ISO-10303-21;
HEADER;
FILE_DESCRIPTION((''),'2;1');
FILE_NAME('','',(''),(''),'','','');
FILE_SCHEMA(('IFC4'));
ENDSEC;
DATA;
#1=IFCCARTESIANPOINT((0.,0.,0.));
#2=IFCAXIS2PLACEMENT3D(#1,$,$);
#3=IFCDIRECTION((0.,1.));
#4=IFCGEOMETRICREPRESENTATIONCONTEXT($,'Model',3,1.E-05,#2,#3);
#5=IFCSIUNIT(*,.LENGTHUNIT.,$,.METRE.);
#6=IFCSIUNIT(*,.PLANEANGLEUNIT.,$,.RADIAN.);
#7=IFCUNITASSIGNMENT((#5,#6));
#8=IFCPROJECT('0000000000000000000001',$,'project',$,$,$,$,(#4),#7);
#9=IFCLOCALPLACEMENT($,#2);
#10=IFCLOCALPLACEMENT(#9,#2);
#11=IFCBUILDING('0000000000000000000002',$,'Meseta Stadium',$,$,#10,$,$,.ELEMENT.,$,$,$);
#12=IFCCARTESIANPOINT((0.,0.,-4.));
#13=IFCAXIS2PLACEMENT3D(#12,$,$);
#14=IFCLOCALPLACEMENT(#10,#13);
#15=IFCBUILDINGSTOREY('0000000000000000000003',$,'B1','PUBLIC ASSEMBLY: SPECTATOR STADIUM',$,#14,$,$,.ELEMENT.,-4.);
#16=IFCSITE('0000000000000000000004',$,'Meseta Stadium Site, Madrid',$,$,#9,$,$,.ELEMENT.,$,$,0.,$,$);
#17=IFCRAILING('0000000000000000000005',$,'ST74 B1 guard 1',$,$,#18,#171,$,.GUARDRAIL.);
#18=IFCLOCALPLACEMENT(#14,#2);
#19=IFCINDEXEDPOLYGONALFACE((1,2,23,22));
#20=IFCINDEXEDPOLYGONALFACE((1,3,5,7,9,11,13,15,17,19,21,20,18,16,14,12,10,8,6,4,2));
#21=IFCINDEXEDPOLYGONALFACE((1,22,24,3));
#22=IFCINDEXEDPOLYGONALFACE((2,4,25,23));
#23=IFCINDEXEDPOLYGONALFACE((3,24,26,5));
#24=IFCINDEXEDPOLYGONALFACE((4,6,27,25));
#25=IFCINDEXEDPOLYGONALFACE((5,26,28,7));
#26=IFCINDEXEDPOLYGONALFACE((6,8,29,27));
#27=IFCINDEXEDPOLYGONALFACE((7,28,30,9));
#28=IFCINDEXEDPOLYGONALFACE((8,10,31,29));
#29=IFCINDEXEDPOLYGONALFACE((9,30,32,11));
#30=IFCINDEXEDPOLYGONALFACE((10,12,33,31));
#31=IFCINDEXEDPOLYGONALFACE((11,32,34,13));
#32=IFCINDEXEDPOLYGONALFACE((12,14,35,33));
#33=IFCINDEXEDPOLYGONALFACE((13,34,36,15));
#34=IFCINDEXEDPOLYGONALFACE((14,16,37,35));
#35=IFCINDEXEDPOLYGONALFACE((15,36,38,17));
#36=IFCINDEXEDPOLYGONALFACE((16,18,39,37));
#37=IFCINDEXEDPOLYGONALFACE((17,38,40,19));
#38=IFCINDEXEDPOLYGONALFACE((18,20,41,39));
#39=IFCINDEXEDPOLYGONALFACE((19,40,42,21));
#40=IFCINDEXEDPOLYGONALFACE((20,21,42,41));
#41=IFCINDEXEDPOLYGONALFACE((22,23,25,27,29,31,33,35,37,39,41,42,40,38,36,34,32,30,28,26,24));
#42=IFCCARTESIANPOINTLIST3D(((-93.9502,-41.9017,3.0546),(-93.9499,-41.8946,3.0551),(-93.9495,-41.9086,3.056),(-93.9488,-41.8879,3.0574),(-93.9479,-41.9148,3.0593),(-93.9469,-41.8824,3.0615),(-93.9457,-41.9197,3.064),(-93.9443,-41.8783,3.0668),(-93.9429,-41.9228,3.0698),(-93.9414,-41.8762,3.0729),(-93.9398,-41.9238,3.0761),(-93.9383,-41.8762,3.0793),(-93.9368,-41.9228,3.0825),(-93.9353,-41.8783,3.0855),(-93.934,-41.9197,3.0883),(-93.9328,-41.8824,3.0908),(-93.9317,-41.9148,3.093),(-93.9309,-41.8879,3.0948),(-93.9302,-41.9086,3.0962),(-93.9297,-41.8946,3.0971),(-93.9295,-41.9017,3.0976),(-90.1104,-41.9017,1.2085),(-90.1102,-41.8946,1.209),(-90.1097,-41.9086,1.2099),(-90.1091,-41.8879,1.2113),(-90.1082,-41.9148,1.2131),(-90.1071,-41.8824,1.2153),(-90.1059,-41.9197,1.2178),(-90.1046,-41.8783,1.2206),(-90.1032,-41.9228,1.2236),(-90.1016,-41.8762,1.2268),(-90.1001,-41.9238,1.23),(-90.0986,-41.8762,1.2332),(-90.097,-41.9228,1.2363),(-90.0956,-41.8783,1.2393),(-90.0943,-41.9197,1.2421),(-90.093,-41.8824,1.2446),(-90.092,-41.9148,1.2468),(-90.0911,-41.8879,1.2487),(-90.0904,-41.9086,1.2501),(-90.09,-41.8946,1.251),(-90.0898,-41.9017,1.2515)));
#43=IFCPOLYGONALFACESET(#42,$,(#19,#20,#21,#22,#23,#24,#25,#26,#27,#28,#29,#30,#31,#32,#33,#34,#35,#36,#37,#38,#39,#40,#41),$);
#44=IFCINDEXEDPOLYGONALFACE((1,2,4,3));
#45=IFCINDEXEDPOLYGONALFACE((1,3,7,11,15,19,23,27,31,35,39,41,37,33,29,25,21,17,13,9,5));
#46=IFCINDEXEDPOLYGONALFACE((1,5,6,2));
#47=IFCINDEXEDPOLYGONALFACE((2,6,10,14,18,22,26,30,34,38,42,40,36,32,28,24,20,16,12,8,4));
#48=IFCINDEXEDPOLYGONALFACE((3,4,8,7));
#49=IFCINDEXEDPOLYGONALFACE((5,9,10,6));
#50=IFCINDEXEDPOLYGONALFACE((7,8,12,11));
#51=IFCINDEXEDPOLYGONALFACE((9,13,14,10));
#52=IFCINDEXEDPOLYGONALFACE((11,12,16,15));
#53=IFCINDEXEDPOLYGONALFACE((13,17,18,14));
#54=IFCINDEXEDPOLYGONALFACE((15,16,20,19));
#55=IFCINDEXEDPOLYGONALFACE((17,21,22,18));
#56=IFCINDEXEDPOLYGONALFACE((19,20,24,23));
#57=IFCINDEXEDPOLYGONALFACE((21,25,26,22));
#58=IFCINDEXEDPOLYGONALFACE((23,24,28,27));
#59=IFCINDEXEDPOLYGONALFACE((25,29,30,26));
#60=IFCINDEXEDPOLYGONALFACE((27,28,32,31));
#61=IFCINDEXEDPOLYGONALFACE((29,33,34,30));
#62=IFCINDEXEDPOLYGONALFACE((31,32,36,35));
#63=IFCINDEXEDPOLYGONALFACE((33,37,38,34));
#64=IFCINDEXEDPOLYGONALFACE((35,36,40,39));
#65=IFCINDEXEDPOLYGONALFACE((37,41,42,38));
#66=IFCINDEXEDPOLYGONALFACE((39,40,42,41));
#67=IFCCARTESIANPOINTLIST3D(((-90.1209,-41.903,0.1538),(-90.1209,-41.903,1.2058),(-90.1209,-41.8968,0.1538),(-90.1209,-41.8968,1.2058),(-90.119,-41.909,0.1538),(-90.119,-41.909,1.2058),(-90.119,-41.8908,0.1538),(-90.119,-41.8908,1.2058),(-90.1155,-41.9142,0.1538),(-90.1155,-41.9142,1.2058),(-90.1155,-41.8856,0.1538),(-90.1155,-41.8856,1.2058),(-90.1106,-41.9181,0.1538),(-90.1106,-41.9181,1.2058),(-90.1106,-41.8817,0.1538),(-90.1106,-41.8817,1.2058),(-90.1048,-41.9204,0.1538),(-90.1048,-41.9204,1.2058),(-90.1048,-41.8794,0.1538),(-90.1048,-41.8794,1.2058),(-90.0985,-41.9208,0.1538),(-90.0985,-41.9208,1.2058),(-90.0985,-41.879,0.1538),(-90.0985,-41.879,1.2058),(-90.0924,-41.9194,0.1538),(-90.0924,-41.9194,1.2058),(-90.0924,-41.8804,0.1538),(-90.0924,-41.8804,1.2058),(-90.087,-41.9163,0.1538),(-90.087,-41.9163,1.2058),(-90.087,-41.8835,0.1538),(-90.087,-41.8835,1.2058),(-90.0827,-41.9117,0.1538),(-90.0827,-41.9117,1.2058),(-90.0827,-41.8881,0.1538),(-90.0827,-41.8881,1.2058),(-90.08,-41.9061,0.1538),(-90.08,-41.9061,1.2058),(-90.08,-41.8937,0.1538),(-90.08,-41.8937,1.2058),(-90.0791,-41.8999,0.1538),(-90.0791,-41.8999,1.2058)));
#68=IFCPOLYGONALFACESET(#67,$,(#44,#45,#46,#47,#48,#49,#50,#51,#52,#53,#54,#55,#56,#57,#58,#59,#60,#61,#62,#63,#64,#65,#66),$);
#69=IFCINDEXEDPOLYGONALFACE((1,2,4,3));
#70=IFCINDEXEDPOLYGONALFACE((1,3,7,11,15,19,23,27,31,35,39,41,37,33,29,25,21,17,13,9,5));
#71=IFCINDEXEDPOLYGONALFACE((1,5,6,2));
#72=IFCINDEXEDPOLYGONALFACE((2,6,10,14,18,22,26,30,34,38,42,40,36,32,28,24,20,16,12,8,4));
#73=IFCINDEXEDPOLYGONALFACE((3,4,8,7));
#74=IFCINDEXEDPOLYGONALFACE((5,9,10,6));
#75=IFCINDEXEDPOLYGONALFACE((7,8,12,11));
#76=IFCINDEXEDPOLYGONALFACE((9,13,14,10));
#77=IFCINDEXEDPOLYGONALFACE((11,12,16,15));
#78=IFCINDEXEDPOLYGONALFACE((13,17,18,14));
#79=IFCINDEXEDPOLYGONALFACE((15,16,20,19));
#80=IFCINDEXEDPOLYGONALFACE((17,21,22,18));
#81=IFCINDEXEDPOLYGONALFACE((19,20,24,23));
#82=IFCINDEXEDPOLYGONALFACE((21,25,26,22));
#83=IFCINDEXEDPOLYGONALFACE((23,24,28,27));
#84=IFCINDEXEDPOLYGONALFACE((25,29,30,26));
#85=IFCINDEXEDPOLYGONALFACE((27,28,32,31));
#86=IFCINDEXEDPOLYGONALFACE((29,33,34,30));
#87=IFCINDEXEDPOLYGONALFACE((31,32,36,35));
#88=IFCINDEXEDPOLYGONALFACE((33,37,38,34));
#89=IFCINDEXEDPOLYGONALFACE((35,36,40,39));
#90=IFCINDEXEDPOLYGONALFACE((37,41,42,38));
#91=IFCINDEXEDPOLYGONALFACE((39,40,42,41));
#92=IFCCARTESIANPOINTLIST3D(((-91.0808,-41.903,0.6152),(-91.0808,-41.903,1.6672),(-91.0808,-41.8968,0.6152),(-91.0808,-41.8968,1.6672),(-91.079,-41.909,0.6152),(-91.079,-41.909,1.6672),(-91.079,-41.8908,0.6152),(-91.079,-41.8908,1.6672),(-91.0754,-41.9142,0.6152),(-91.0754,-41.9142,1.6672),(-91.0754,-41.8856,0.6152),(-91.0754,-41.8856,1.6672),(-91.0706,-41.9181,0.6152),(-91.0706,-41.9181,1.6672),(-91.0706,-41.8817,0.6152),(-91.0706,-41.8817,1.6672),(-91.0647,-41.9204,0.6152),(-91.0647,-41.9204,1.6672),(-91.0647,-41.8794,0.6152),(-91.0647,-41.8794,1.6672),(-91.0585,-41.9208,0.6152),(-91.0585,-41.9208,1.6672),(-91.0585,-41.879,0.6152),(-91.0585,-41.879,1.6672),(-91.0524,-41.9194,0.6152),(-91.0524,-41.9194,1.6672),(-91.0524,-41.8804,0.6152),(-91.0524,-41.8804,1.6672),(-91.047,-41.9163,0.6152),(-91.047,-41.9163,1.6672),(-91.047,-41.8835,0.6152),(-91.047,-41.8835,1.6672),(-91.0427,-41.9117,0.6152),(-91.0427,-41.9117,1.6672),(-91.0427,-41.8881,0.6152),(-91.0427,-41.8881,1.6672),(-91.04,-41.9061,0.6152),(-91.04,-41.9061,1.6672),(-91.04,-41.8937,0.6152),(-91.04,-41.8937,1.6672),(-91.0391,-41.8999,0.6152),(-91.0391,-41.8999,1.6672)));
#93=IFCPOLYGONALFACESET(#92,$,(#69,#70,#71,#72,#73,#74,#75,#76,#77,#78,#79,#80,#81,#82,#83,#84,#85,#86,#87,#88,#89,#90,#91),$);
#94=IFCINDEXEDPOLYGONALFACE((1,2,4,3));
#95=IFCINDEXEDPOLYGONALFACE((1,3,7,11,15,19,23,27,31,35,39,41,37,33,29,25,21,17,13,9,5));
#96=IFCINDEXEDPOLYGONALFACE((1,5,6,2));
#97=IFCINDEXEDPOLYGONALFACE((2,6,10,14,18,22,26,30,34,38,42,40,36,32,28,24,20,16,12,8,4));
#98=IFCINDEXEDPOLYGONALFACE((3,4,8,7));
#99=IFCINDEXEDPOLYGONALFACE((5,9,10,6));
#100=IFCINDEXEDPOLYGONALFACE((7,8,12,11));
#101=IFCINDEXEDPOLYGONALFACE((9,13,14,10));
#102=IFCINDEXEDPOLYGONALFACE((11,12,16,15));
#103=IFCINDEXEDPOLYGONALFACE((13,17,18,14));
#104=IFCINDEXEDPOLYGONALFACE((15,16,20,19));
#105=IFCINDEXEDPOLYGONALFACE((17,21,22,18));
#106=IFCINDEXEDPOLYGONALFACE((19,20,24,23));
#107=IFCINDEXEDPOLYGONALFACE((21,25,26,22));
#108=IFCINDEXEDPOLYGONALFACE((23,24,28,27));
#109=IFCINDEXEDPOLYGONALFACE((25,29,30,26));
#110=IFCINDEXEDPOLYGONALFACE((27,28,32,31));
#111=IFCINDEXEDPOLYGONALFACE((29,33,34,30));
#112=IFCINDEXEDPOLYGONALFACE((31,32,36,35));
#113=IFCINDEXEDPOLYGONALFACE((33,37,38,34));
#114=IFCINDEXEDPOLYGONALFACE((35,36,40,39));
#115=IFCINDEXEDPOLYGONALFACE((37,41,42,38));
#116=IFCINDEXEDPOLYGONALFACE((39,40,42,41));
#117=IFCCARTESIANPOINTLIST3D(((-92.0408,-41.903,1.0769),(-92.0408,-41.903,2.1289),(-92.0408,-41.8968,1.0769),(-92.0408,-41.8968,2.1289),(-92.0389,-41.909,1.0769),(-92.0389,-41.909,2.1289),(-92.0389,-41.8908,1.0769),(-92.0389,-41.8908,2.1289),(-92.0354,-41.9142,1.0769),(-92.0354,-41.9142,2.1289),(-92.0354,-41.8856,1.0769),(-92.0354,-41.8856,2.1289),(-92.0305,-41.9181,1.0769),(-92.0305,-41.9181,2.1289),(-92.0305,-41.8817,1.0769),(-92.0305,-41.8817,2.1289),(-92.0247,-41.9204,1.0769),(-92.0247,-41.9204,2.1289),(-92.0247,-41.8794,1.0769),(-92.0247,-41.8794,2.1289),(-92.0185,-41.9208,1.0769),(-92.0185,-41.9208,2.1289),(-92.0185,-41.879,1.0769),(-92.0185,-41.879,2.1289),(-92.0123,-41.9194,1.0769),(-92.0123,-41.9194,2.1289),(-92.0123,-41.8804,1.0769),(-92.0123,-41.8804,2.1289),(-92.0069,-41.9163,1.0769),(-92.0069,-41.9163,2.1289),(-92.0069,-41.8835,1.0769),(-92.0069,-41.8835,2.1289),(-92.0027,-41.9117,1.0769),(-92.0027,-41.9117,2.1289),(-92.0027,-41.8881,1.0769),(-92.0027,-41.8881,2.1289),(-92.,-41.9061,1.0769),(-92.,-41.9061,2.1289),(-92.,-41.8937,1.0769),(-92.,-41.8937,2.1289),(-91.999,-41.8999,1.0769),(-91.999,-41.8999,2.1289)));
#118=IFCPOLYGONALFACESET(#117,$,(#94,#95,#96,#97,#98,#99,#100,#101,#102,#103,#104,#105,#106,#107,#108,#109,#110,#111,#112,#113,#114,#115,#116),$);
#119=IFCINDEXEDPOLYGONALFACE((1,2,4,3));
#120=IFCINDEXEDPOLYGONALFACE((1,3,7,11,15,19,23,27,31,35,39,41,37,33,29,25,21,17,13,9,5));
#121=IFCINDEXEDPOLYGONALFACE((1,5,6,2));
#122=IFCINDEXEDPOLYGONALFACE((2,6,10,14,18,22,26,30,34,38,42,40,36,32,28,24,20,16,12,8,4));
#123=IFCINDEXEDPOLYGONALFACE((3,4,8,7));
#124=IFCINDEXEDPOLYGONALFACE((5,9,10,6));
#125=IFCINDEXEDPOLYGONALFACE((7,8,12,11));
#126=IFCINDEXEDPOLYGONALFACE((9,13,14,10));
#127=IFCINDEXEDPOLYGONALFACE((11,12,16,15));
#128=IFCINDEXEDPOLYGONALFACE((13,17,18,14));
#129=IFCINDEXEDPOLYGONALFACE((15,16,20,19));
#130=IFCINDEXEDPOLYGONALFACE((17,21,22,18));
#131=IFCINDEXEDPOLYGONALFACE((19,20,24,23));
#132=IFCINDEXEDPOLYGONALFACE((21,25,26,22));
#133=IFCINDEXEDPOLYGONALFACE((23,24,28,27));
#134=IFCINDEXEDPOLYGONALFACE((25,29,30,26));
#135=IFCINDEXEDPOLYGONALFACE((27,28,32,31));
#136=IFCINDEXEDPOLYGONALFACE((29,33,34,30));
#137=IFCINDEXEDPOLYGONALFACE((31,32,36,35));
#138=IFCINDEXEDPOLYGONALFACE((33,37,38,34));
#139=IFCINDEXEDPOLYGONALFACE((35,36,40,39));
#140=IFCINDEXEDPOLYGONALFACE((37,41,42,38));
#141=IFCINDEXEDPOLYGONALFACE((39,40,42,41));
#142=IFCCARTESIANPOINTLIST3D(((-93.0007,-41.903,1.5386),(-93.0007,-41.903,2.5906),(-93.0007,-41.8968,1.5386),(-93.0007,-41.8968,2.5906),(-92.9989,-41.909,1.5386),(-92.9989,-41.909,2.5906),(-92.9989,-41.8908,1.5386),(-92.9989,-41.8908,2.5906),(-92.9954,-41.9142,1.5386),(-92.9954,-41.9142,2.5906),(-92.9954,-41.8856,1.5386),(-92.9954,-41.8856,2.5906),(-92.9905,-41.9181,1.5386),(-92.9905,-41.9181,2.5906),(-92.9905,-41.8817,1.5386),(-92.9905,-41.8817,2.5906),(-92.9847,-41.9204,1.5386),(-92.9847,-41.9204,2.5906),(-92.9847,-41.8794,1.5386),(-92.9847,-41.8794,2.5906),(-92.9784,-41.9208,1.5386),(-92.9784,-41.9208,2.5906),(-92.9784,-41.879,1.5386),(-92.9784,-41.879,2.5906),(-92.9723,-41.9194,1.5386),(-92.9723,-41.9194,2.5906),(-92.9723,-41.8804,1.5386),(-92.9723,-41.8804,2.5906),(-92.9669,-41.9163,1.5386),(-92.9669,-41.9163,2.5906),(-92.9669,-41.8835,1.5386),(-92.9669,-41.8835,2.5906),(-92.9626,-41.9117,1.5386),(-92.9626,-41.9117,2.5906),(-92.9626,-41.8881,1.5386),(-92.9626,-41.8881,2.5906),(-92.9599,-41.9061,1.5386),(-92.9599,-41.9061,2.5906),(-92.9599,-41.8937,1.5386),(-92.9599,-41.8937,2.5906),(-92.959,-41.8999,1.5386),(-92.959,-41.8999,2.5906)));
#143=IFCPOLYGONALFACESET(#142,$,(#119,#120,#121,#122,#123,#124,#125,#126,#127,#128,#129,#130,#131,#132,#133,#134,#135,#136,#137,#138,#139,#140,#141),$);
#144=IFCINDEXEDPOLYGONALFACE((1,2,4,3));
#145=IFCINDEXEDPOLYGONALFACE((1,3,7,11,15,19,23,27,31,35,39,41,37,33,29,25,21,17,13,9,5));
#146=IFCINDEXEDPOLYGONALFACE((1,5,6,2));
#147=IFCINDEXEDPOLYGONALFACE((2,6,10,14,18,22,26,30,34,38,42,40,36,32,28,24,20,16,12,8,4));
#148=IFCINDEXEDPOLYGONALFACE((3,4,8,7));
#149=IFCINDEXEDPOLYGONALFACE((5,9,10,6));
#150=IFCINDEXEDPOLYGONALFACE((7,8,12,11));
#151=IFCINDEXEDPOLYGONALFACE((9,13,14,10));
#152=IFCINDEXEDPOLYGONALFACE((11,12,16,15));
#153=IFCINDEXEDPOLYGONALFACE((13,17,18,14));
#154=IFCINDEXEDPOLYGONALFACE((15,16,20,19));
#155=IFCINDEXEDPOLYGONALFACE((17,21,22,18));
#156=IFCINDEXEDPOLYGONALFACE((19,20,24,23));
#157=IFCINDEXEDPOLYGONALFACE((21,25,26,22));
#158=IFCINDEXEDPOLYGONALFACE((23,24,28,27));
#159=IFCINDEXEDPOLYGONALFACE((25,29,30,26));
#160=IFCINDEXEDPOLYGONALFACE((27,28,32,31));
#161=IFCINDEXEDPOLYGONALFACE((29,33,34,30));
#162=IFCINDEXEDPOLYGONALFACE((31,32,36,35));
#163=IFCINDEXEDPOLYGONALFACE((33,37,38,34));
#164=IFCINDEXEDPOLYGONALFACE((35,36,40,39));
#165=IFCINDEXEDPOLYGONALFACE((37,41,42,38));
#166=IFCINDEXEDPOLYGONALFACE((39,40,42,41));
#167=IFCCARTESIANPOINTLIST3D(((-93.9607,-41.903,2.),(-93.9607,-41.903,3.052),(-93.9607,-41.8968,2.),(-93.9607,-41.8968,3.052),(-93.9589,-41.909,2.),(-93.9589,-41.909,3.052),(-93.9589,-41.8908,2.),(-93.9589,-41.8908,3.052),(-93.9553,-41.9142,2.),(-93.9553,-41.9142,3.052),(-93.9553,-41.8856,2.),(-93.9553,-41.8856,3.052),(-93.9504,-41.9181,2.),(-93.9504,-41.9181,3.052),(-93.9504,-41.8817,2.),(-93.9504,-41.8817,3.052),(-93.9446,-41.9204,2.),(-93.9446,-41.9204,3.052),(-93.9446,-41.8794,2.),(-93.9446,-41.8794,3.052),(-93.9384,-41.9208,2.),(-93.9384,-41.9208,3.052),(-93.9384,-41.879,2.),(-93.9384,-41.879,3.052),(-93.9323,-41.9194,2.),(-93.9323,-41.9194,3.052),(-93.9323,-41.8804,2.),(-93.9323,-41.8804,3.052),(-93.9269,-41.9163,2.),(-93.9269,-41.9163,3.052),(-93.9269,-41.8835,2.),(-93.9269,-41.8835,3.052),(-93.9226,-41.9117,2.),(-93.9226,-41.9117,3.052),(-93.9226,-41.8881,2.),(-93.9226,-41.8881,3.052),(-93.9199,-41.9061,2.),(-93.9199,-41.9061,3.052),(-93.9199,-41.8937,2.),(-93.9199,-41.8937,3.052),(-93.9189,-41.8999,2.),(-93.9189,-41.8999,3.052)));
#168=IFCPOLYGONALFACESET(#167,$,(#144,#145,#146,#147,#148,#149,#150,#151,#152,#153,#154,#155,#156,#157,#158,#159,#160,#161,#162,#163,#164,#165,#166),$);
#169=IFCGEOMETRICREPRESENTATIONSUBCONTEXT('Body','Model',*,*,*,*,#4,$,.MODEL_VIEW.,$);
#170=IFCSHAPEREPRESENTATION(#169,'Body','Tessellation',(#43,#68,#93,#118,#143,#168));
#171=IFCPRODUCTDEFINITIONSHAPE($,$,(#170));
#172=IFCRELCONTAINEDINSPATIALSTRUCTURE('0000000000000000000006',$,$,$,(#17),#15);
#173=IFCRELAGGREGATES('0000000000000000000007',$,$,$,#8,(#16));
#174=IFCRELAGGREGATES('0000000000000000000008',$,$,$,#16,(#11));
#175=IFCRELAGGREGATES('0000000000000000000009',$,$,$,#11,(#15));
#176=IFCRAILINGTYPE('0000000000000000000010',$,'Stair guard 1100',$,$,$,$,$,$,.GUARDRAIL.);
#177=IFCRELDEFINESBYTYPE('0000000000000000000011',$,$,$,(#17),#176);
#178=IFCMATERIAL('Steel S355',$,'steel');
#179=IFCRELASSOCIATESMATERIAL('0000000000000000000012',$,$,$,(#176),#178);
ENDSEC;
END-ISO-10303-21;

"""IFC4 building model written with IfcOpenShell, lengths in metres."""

from ifc_helpers import new_model, si_unit, direction, frame, origin, origin_2d, place, context, subcontext, project, spatial, circle, extrude, material, type_object, element, save


model = new_model("IFC4")

# Units and contexts
model_context = context("Model", 3, precision=1e-05, world=origin(), true_north=direction((0.0, 1.0)))
body_context = subcontext(model_context, "Body", "Model", "MODEL_VIEW")
ifc_project = project(units=[si_unit("LENGTHUNIT", "METRE"), si_unit("PLANEANGLEUNIT", "RADIAN")], contexts=[model_context])

# Site, building, storey
site_placement = place(None, origin())
site = spatial("IfcSite", under=ifc_project, at=site_placement, Name="Meseta Stadium Site, Madrid", CompositionType="ELEMENT", RefElevation=0.0)
building_placement = place(site_placement, origin())
building = spatial("IfcBuilding", under=site, at=building_placement, Name="Meseta Stadium", CompositionType="ELEMENT")
storey_placement = place(building_placement, frame((0.0, 0.0, -4.0)))
storey = spatial("IfcBuildingStorey", under=building, at=storey_placement, Name="B1", Description="PUBLIC ASSEMBLY: SPECTATOR STADIUM", CompositionType="ELEMENT", Elevation=-4.0)

# Railing
ifc_material_1 = material(Name="Steel S355", Category="steel")
railing_type_1 = type_object("IfcRailingType", Name="Stair guard 1100", PredefinedType="GUARDRAIL", material=ifc_material_1)
railing_1_placement = place(storey_placement, frame((-90.1001, -41.8999, 0.1538)))
element("IfcRailing", 1, at=railing_1_placement, inside=storey, type_object=railing_type_1, Name="ST74 B1 guard 1", PredefinedType="GUARDRAIL", context=body_context, shape_type="SweptSolid", body=[
    extrude(circle(Radius=0.0239, at=origin_2d()), frame((0.0, 0.0, 1.0762), z_axis=(-0.901242, 0.0, 0.433316), x_axis=(0.0, -1.0, 0.0)), (0.0, 0.0, 1.0), 4.2605),
    extrude(circle(Radius=0.021, at=origin_2d()), origin(), (0.0, 0.0, 1.0), 1.052),
    extrude(circle(Radius=0.021, at=origin_2d()), frame((-0.96, 0.0, 0.4614)), (0.0, 0.0, 1.0), 1.052),
    extrude(circle(Radius=0.021, at=origin_2d()), frame((-1.9199, 0.0, 0.9231)), (0.0, 0.0, 1.0), 1.052),
    extrude(circle(Radius=0.021, at=origin_2d()), frame((-2.8799, 0.0, 1.3848)), (0.0, 0.0, 1.0), 1.052),
    extrude(circle(Radius=0.021, at=origin_2d()), frame((-3.8398, 0.0, 1.8462)), (0.0, 0.0, 1.0), 1.052),
])

save(model, "model.ifc")
